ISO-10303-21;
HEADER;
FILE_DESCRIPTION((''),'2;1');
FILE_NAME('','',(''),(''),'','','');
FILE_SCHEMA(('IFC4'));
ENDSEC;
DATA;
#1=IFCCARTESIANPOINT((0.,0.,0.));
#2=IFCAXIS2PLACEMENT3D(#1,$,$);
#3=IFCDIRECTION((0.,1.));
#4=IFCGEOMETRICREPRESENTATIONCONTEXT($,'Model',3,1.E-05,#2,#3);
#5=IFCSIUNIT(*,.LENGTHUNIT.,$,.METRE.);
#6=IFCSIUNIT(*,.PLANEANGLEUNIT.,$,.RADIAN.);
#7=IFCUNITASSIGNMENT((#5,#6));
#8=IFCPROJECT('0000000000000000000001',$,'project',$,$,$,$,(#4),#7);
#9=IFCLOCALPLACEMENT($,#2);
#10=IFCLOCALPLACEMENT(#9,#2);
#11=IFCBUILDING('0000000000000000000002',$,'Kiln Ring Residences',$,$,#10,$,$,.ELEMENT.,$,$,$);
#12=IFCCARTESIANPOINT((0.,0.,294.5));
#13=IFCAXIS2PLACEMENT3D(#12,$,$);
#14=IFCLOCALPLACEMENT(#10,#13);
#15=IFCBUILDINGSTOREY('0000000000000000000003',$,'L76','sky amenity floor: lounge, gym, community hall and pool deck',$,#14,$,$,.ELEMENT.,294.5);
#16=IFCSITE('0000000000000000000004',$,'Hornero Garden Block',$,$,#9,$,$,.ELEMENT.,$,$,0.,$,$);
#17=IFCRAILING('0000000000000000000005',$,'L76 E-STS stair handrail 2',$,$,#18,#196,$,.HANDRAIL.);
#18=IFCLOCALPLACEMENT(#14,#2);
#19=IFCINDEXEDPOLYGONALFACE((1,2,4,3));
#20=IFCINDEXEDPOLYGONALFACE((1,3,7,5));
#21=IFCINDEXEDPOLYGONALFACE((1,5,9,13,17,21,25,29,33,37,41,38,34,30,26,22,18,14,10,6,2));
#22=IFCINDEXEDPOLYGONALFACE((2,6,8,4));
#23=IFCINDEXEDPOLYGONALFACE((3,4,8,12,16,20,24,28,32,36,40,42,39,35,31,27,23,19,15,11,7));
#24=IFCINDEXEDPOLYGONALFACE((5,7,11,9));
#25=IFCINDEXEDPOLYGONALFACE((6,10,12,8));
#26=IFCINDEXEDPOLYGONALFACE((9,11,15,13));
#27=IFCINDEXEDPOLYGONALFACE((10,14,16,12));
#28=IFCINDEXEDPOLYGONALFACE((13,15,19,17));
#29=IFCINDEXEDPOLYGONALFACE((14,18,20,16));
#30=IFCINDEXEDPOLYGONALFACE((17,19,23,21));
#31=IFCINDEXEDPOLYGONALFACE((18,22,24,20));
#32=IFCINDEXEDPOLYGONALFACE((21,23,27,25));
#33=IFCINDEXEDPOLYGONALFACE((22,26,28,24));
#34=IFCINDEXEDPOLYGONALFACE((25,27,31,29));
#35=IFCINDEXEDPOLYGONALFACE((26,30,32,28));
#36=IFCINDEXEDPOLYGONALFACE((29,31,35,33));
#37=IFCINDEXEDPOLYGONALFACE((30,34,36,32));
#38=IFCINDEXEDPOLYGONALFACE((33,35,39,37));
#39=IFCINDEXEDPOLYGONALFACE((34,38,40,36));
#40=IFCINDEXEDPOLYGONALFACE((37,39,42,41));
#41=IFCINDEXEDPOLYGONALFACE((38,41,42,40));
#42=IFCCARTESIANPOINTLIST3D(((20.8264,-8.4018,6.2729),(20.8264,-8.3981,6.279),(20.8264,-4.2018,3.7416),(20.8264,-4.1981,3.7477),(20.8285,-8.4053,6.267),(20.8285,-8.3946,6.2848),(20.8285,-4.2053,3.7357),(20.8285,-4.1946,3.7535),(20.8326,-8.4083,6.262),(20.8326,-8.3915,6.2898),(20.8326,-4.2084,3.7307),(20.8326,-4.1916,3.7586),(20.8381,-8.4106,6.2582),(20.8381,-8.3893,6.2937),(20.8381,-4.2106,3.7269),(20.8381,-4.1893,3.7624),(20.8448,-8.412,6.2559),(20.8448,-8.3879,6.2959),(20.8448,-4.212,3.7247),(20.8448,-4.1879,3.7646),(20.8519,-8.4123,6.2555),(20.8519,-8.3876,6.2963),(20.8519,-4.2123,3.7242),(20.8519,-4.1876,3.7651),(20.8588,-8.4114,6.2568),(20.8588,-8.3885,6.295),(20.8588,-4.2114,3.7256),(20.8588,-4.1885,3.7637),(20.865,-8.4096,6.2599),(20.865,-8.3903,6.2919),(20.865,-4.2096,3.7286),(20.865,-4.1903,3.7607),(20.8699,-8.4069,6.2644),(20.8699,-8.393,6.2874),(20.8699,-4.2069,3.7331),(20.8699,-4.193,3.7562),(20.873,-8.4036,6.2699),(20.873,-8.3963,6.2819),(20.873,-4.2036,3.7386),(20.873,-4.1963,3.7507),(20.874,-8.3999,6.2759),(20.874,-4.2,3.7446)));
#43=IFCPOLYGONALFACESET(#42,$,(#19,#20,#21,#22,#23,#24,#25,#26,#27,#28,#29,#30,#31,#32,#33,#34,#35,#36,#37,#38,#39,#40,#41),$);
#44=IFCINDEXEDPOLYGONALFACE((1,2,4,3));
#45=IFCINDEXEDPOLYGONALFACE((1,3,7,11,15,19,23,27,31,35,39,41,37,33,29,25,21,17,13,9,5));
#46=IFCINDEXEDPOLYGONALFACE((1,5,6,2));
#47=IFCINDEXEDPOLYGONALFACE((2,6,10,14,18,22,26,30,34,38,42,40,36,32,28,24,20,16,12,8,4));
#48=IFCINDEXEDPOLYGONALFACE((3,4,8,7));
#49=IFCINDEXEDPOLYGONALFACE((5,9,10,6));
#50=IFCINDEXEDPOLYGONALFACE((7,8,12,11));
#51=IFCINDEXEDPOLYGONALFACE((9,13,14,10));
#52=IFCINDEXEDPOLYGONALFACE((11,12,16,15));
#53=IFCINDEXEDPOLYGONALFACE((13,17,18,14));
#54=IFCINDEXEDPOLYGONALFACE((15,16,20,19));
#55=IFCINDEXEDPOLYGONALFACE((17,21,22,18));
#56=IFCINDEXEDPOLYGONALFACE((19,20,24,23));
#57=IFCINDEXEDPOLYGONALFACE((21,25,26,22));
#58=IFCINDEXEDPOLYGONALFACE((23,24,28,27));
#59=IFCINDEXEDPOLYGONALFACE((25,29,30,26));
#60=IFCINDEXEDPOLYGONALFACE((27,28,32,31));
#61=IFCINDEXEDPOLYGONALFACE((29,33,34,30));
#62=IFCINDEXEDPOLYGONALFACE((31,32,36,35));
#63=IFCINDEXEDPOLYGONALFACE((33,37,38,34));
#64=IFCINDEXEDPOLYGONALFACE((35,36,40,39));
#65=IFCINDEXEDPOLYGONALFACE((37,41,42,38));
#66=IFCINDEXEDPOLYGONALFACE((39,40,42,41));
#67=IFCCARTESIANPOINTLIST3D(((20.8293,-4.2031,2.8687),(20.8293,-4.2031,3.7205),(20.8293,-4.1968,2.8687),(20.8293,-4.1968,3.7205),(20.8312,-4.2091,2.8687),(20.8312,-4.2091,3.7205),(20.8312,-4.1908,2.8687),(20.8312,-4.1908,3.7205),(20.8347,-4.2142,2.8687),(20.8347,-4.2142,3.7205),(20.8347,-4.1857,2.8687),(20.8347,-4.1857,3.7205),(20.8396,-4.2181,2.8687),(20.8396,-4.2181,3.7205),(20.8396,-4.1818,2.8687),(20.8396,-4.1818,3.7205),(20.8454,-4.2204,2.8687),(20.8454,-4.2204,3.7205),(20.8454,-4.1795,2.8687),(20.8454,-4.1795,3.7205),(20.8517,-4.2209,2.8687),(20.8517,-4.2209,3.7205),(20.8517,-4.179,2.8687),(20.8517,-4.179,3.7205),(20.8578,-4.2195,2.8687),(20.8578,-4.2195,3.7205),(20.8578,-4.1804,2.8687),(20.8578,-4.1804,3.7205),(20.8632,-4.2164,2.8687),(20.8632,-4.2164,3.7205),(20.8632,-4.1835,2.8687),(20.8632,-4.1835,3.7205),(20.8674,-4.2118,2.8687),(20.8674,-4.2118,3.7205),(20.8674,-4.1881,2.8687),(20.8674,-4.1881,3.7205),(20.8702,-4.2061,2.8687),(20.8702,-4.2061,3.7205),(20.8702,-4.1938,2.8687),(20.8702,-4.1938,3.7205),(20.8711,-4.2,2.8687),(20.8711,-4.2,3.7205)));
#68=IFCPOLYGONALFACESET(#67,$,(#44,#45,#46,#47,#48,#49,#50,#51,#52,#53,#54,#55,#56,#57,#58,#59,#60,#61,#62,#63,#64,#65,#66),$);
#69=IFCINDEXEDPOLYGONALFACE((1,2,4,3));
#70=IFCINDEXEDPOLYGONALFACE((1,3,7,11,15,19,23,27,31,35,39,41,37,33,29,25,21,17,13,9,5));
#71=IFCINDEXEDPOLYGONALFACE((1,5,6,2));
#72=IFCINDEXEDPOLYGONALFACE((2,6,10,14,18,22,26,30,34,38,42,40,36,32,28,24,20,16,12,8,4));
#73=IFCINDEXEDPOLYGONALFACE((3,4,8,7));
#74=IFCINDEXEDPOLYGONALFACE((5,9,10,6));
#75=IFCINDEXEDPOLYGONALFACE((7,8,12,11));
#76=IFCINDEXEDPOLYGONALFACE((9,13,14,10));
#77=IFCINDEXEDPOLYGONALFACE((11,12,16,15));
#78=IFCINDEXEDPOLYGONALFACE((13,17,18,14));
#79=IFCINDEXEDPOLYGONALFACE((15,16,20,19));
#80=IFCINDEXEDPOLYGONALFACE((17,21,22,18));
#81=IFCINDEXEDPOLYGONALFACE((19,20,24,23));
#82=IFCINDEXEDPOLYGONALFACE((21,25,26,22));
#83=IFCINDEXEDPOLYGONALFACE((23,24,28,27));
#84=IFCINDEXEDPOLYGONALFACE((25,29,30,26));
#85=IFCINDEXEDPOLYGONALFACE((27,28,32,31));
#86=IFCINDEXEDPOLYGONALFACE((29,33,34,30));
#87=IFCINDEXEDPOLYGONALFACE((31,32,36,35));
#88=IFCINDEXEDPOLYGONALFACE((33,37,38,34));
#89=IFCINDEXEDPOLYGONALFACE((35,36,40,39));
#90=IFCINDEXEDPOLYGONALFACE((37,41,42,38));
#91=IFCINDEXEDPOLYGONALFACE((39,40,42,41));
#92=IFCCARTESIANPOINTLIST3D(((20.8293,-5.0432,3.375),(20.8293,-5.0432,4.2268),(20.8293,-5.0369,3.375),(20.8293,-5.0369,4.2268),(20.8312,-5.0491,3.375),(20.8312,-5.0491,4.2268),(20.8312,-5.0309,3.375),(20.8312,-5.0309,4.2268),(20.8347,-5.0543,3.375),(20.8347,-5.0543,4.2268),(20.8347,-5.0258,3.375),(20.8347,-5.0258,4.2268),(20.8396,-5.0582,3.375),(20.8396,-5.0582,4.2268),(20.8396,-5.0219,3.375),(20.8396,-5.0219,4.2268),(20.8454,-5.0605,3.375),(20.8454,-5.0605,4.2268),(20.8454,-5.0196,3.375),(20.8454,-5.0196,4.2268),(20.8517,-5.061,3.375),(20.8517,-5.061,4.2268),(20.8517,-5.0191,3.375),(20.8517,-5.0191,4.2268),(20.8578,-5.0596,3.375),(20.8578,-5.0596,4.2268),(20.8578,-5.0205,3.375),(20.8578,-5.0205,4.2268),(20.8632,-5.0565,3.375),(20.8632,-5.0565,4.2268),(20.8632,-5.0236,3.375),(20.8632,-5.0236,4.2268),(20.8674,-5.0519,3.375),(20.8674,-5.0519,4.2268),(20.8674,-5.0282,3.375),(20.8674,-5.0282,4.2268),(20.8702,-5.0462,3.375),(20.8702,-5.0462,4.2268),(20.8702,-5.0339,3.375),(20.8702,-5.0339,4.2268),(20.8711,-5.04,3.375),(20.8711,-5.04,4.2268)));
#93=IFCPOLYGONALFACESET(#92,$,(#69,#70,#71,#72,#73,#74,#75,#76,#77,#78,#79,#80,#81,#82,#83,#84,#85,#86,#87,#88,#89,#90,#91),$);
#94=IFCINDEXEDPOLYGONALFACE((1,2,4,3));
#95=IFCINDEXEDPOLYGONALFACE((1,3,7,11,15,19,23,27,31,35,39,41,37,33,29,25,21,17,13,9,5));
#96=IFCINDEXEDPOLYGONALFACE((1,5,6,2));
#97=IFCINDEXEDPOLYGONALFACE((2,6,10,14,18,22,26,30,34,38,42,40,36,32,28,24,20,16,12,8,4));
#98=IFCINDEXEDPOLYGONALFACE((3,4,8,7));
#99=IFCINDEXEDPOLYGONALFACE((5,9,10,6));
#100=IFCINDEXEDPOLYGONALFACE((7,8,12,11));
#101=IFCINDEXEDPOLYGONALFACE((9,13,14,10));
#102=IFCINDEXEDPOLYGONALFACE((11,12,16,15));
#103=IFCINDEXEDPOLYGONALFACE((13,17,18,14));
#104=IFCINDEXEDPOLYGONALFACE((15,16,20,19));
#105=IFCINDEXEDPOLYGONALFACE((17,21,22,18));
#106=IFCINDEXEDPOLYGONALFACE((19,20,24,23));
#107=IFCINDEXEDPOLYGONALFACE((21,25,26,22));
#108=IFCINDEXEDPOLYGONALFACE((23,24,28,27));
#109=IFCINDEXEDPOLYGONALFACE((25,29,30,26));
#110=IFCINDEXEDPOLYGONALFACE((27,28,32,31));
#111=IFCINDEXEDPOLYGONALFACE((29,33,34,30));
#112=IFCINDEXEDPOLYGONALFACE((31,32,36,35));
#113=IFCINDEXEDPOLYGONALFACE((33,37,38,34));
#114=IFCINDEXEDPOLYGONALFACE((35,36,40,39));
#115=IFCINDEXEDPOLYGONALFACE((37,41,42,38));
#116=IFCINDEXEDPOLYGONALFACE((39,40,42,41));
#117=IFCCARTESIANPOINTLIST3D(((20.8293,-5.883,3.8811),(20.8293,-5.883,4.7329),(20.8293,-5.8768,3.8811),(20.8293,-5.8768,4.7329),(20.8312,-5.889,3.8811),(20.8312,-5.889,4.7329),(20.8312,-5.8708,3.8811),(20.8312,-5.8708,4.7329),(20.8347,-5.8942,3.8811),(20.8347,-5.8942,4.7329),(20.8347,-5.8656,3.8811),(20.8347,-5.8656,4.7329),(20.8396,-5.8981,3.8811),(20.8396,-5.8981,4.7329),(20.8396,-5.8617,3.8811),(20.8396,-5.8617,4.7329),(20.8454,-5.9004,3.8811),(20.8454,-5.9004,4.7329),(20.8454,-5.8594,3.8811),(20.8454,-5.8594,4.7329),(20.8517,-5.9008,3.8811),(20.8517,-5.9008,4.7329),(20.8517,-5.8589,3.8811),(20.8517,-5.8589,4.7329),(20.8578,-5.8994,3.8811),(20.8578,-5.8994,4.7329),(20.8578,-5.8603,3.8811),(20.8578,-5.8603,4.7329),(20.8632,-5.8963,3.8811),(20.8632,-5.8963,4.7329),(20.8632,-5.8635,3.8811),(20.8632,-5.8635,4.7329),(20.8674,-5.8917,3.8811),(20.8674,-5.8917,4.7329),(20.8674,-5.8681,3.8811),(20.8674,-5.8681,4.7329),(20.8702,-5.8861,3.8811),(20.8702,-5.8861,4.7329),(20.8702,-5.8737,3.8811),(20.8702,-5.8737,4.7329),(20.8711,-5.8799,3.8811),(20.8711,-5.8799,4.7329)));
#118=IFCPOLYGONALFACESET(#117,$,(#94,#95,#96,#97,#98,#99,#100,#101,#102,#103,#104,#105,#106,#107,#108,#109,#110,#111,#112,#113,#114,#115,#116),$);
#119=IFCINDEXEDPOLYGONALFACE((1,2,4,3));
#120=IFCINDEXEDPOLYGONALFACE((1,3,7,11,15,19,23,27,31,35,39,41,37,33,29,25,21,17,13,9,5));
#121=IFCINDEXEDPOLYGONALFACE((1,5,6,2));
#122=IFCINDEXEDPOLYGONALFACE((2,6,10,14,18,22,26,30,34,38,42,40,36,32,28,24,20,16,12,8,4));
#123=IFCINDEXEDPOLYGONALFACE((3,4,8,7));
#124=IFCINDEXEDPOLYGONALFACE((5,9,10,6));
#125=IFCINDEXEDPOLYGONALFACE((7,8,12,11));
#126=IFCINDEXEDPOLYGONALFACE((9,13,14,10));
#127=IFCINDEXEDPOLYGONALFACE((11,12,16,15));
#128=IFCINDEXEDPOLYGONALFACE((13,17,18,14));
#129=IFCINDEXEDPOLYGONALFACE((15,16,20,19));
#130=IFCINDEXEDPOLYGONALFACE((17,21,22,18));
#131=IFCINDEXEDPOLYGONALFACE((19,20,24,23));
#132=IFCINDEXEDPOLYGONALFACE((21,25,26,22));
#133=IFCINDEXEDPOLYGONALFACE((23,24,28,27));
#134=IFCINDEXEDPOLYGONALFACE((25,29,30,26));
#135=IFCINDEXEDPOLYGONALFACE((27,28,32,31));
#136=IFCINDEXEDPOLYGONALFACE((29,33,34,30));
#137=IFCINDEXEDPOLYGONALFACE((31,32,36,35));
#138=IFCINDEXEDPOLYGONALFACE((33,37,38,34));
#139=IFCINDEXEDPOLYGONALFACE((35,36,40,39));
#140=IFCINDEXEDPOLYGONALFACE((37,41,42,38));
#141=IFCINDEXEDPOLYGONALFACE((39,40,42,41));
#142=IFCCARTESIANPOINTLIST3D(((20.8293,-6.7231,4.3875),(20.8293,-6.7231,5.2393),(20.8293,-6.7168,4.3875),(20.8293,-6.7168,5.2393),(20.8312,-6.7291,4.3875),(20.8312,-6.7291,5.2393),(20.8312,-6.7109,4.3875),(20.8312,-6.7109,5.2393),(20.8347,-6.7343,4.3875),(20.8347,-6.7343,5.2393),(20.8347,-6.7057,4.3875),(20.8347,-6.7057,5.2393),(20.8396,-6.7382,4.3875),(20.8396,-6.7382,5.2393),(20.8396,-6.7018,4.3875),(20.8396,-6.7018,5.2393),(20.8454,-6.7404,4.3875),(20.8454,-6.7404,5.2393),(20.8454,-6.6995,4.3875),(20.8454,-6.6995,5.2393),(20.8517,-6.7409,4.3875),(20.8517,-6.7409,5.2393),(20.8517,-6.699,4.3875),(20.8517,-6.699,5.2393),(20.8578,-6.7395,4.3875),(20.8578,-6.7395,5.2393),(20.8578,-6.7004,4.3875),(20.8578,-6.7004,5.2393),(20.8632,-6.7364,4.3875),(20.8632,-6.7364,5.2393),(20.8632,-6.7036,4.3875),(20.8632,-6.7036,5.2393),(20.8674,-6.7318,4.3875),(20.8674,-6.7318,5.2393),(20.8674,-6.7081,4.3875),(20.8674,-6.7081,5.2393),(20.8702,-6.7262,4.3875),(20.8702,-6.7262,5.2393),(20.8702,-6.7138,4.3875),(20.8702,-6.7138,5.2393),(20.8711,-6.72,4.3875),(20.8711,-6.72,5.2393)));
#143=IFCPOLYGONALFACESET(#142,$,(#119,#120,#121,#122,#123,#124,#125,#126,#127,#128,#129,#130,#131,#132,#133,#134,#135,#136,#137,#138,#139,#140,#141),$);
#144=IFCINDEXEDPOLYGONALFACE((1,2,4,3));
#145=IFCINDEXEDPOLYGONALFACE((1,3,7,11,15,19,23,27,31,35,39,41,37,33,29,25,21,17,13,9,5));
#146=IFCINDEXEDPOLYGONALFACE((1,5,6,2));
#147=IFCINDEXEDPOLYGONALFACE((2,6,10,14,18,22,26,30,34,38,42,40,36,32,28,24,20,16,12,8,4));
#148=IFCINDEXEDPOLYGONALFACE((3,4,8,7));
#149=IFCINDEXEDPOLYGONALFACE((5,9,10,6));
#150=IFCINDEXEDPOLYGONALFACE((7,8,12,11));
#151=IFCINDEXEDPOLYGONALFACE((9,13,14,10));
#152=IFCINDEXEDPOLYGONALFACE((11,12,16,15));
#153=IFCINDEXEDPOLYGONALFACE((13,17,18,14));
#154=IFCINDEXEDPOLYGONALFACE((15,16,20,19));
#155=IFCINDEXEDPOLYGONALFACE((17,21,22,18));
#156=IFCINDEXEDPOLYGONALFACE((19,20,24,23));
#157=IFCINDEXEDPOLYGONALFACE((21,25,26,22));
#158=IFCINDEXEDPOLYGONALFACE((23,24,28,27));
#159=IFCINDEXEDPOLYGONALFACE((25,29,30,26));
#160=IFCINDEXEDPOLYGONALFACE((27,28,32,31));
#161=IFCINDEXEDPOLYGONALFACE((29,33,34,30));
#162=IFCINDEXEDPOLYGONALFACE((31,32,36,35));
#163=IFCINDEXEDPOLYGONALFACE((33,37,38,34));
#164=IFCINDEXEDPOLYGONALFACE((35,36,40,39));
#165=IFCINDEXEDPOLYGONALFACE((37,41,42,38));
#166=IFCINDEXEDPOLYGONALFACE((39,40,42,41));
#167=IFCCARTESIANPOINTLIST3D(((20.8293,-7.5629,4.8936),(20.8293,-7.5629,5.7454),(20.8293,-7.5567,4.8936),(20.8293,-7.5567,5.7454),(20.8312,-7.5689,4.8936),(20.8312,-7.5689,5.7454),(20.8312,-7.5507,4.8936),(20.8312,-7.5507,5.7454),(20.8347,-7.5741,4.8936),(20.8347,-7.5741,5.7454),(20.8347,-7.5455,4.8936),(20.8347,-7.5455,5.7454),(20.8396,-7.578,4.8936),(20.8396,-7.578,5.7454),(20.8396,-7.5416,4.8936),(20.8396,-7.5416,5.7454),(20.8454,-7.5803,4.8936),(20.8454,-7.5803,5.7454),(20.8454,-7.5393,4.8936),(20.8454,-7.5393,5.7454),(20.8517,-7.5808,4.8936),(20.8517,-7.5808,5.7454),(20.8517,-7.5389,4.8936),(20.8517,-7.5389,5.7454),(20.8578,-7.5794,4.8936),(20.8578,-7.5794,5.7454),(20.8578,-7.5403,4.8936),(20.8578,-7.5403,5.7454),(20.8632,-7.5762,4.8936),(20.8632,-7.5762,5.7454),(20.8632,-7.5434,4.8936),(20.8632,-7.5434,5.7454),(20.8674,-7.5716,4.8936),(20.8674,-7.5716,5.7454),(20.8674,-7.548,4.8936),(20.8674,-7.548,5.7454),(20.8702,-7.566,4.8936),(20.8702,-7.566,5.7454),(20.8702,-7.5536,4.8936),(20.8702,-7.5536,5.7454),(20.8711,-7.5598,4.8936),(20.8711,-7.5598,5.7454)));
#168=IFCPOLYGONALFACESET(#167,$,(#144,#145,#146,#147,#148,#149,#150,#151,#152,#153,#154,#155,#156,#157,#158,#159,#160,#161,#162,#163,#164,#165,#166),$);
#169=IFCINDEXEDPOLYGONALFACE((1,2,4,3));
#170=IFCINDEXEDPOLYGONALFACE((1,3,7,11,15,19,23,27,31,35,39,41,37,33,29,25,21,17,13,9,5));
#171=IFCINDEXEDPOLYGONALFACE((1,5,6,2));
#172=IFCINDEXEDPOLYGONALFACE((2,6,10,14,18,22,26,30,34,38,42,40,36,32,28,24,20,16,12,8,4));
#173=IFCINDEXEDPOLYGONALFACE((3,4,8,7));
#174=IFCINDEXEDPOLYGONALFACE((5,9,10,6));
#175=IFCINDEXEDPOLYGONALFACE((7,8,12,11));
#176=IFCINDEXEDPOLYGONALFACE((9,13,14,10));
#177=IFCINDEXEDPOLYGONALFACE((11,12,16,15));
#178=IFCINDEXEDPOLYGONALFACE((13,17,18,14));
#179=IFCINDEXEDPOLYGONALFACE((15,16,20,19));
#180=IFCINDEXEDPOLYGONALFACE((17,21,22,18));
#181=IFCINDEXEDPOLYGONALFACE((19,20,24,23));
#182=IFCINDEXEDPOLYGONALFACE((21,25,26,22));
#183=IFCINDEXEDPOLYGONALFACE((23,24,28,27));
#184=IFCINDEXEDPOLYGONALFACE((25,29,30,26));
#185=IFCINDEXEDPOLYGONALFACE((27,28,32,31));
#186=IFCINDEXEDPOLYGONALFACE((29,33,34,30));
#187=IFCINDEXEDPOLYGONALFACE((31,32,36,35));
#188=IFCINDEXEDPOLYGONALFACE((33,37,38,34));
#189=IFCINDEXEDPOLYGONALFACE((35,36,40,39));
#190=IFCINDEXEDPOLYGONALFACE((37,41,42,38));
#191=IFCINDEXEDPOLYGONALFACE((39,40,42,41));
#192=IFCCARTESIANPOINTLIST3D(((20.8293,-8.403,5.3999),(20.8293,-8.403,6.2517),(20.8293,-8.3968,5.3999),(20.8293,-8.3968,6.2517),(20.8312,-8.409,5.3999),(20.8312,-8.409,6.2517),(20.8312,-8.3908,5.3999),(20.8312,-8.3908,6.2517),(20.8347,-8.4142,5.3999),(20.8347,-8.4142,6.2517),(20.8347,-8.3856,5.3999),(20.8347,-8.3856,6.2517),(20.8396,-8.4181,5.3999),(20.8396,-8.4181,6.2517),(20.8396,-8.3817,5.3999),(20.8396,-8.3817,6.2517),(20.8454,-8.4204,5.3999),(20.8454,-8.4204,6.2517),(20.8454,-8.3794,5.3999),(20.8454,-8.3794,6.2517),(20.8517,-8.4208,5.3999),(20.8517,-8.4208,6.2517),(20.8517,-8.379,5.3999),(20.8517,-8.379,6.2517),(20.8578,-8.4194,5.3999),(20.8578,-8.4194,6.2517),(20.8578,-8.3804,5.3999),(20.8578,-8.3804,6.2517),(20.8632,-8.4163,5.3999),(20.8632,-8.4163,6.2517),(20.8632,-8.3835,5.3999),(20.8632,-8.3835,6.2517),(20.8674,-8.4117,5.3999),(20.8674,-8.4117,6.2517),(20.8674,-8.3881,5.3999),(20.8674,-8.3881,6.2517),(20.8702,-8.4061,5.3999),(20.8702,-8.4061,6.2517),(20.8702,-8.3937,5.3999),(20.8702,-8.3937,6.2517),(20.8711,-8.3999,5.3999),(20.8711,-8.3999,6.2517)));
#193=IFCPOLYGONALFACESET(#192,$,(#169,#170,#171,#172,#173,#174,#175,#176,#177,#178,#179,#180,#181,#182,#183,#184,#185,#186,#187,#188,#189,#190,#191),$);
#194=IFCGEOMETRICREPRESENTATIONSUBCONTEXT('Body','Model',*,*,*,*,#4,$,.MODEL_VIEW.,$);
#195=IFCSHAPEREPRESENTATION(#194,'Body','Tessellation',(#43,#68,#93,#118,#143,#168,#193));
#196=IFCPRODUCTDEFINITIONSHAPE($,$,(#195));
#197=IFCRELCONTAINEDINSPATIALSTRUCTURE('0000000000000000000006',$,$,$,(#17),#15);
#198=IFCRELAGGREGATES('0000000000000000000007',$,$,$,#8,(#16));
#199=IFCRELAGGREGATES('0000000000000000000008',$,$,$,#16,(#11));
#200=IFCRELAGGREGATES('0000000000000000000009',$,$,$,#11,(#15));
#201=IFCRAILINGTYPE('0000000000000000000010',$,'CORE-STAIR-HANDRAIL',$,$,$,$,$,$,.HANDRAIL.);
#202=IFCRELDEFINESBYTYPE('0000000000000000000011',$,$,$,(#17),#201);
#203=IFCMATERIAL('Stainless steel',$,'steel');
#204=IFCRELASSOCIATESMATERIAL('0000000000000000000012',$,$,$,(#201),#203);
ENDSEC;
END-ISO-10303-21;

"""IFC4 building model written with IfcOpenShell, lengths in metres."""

from ifc_helpers import new_model, si_unit, direction, frame, origin, origin_2d, place, context, subcontext, project, spatial, circle, extrude, material, type_object, element, save


model = new_model("IFC4")

# Units and contexts
model_context = context("Model", 3, precision=1e-05, world=origin(), true_north=direction((0.0, 1.0)))
body_context = subcontext(model_context, "Body", "Model", "MODEL_VIEW")
ifc_project = project(units=[si_unit("LENGTHUNIT", "METRE"), si_unit("PLANEANGLEUNIT", "RADIAN")], contexts=[model_context])

# Site, building, storey
site_placement = place(None, origin())
site = spatial("IfcSite", under=ifc_project, at=site_placement, Name="Hornero Garden Block", CompositionType="ELEMENT", RefElevation=0.0)
building_placement = place(site_placement, origin())
building = spatial("IfcBuilding", under=site, at=building_placement, Name="Kiln Ring Residences", CompositionType="ELEMENT")
storey_placement = place(building_placement, frame((0.0, 0.0, 294.5)))
storey = spatial("IfcBuildingStorey", under=building, at=storey_placement, Name="L76", Description="sky amenity floor: lounge, gym, community hall and pool deck", CompositionType="ELEMENT", Elevation=294.5)

# Railing
ifc_material_1 = material(Name="Stainless steel", Category="steel")
railing_type_1 = type_object("IfcRailingType", Name="CORE-STAIR-HANDRAIL", PredefinedType="HANDRAIL", material=ifc_material_1)
railing_1_placement = place(storey_placement, frame((20.8501, -4.2, 2.8687)))
element("IfcRailing", 1, at=railing_1_placement, inside=storey, type_object=railing_type_1, Name="L76 E-STS stair handrail 2", PredefinedType="HANDRAIL", context=body_context, shape_type="SweptSolid", body=[
    extrude(circle(Radius=0.0239, at=origin_2d()), frame((0.0, 0.0, 0.876), z_axis=(0.0, -0.856476, 0.516186), x_axis=(1.0, 0.0, 0.0)), (0.0, 0.0, 1.0), 4.9038),
    extrude(circle(Radius=0.021, at=origin_2d()), origin(), (0.0, 0.0, 1.0), 0.8518),
    extrude(circle(Radius=0.021, at=origin_2d()), frame((0.0, -0.8401, 0.5063)), (0.0, 0.0, 1.0), 0.8518),
    extrude(circle(Radius=0.021, at=origin_2d()), frame((0.0, -1.6799, 1.0125)), (0.0, 0.0, 1.0), 0.8518),
    extrude(circle(Radius=0.021, at=origin_2d()), frame((0.0, -2.52, 1.5188)), (0.0, 0.0, 1.0), 0.8518),
    extrude(circle(Radius=0.021, at=origin_2d()), frame((0.0, -3.3599, 2.0249)), (0.0, 0.0, 1.0), 0.8518),
    extrude(circle(Radius=0.021, at=origin_2d()), frame((0.0, -4.2, 2.5312)), (0.0, 0.0, 1.0), 0.8518),
])

save(model, "model.ifc")
